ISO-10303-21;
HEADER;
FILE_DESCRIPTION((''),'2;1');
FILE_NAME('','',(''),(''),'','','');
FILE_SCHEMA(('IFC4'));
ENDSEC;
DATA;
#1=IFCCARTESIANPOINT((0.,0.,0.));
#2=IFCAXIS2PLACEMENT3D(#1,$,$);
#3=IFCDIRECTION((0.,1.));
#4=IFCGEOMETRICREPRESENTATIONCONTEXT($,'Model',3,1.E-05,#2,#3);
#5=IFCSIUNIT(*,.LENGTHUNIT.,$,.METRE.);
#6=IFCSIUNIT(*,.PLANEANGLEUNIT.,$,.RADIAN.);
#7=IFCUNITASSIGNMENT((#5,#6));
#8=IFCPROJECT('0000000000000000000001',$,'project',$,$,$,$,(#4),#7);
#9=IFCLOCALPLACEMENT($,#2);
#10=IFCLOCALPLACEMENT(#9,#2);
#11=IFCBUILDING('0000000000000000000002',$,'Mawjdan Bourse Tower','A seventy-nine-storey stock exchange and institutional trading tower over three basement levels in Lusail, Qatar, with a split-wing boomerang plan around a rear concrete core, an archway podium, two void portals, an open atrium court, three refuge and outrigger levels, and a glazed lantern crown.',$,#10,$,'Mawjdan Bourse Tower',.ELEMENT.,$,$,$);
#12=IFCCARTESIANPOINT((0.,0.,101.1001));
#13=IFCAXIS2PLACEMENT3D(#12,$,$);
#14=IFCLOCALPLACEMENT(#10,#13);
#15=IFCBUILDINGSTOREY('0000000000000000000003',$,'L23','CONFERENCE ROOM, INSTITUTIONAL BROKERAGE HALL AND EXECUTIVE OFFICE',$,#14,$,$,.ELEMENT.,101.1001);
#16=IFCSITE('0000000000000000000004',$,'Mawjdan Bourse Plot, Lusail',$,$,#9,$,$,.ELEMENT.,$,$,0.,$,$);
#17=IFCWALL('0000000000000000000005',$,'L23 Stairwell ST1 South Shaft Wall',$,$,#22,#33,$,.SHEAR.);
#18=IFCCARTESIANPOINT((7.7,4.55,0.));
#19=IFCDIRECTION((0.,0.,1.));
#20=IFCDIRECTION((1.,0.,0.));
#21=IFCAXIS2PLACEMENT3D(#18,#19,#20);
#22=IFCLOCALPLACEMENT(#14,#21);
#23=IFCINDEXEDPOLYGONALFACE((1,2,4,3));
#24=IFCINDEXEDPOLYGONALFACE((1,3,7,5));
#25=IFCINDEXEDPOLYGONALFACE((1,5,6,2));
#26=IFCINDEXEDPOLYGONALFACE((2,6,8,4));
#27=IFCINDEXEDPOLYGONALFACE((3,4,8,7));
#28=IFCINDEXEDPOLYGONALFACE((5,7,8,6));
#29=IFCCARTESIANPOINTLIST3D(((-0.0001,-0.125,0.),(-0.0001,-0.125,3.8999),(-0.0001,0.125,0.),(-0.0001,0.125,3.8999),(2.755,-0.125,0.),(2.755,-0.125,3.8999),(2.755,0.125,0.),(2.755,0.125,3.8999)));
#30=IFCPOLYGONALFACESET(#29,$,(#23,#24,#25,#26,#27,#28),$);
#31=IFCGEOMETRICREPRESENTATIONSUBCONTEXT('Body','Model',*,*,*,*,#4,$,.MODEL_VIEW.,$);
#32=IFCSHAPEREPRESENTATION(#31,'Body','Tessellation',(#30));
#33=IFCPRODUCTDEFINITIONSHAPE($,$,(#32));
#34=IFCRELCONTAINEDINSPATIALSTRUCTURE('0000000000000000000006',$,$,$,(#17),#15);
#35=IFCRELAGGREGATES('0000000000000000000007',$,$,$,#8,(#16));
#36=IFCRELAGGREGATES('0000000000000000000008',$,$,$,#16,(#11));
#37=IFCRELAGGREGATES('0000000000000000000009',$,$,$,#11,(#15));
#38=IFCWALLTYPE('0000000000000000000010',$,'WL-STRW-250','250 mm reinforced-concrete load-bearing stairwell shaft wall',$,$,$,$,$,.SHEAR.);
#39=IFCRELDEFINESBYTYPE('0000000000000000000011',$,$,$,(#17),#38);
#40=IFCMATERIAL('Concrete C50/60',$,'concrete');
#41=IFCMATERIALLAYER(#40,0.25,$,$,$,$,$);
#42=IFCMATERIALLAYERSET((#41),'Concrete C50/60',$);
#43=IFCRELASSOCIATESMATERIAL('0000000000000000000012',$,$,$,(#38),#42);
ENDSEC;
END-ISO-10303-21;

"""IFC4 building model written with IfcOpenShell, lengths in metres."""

from ifc_helpers import new_model, si_unit, direction, frame, frame_2d, origin, place, context, subcontext, project, spatial, rectangle, extrude, material, layer, layer_set, type_object, element, save


model = new_model("IFC4")

# Units and contexts
model_context = context("Model", 3, precision=1e-05, world=origin(), true_north=direction((0.0, 1.0)))
body_context = subcontext(model_context, "Body", "Model", "MODEL_VIEW")
ifc_project = project(units=[si_unit("LENGTHUNIT", "METRE"), si_unit("PLANEANGLEUNIT", "RADIAN")], contexts=[model_context])

# Site, building, storey
site_placement = place(None, origin())
site = spatial("IfcSite", under=ifc_project, at=site_placement, Name="Mawjdan Bourse Plot, Lusail", CompositionType="ELEMENT", RefElevation=0.0)
building_placement = place(site_placement, origin())
building = spatial("IfcBuilding", under=site, at=building_placement, Name="Mawjdan Bourse Tower", Description="A seventy-nine-storey stock exchange and institutional trading tower over three basement levels in Lusail, Qatar, with a split-wing boomerang plan around a rear concrete core, an archway podium, two void portals, an open atrium court, three refuge and outrigger levels, and a glazed lantern crown.", LongName="Mawjdan Bourse Tower", CompositionType="ELEMENT")
storey_placement = place(building_placement, frame((0.0, 0.0, 101.1001)))
storey = spatial("IfcBuildingStorey", under=building, at=storey_placement, Name="L23", Description="CONFERENCE ROOM, INSTITUTIONAL BROKERAGE HALL AND EXECUTIVE OFFICE", CompositionType="ELEMENT", Elevation=101.1001)

# Shared definitions
ifc_material_1 = material(Name="Concrete C50/60", Category="concrete")

# Wall
ifc_layer_1 = layer(ifc_material_1, 0.25)
ifc_layer_set_1 = layer_set([ifc_layer_1], Name="Concrete C50/60")
wall_type_1 = type_object("IfcWallType", Name="WL-STRW-250", Description="250 mm reinforced-concrete load-bearing stairwell shaft wall", PredefinedType="SHEAR", material=ifc_layer_set_1)
wall_1_placement = place(storey_placement, frame((7.7, 4.55, 0.0), z_axis=(0.0, 0.0, 1.0), x_axis=(1.0, 0.0, 0.0)))
element("IfcWall", 1, at=wall_1_placement, inside=storey, type_object=wall_type_1, Name="L23 Stairwell ST1 South Shaft Wall", PredefinedType="SHEAR", context=body_context, shape_type="SweptSolid", body=[
    extrude(rectangle(XDim=2.7551, YDim=0.25, at=frame_2d((1.3774, 0.0))), origin(), (0.0, 0.0, 1.0), 3.8999),
])

save(model, "model.ifc")
